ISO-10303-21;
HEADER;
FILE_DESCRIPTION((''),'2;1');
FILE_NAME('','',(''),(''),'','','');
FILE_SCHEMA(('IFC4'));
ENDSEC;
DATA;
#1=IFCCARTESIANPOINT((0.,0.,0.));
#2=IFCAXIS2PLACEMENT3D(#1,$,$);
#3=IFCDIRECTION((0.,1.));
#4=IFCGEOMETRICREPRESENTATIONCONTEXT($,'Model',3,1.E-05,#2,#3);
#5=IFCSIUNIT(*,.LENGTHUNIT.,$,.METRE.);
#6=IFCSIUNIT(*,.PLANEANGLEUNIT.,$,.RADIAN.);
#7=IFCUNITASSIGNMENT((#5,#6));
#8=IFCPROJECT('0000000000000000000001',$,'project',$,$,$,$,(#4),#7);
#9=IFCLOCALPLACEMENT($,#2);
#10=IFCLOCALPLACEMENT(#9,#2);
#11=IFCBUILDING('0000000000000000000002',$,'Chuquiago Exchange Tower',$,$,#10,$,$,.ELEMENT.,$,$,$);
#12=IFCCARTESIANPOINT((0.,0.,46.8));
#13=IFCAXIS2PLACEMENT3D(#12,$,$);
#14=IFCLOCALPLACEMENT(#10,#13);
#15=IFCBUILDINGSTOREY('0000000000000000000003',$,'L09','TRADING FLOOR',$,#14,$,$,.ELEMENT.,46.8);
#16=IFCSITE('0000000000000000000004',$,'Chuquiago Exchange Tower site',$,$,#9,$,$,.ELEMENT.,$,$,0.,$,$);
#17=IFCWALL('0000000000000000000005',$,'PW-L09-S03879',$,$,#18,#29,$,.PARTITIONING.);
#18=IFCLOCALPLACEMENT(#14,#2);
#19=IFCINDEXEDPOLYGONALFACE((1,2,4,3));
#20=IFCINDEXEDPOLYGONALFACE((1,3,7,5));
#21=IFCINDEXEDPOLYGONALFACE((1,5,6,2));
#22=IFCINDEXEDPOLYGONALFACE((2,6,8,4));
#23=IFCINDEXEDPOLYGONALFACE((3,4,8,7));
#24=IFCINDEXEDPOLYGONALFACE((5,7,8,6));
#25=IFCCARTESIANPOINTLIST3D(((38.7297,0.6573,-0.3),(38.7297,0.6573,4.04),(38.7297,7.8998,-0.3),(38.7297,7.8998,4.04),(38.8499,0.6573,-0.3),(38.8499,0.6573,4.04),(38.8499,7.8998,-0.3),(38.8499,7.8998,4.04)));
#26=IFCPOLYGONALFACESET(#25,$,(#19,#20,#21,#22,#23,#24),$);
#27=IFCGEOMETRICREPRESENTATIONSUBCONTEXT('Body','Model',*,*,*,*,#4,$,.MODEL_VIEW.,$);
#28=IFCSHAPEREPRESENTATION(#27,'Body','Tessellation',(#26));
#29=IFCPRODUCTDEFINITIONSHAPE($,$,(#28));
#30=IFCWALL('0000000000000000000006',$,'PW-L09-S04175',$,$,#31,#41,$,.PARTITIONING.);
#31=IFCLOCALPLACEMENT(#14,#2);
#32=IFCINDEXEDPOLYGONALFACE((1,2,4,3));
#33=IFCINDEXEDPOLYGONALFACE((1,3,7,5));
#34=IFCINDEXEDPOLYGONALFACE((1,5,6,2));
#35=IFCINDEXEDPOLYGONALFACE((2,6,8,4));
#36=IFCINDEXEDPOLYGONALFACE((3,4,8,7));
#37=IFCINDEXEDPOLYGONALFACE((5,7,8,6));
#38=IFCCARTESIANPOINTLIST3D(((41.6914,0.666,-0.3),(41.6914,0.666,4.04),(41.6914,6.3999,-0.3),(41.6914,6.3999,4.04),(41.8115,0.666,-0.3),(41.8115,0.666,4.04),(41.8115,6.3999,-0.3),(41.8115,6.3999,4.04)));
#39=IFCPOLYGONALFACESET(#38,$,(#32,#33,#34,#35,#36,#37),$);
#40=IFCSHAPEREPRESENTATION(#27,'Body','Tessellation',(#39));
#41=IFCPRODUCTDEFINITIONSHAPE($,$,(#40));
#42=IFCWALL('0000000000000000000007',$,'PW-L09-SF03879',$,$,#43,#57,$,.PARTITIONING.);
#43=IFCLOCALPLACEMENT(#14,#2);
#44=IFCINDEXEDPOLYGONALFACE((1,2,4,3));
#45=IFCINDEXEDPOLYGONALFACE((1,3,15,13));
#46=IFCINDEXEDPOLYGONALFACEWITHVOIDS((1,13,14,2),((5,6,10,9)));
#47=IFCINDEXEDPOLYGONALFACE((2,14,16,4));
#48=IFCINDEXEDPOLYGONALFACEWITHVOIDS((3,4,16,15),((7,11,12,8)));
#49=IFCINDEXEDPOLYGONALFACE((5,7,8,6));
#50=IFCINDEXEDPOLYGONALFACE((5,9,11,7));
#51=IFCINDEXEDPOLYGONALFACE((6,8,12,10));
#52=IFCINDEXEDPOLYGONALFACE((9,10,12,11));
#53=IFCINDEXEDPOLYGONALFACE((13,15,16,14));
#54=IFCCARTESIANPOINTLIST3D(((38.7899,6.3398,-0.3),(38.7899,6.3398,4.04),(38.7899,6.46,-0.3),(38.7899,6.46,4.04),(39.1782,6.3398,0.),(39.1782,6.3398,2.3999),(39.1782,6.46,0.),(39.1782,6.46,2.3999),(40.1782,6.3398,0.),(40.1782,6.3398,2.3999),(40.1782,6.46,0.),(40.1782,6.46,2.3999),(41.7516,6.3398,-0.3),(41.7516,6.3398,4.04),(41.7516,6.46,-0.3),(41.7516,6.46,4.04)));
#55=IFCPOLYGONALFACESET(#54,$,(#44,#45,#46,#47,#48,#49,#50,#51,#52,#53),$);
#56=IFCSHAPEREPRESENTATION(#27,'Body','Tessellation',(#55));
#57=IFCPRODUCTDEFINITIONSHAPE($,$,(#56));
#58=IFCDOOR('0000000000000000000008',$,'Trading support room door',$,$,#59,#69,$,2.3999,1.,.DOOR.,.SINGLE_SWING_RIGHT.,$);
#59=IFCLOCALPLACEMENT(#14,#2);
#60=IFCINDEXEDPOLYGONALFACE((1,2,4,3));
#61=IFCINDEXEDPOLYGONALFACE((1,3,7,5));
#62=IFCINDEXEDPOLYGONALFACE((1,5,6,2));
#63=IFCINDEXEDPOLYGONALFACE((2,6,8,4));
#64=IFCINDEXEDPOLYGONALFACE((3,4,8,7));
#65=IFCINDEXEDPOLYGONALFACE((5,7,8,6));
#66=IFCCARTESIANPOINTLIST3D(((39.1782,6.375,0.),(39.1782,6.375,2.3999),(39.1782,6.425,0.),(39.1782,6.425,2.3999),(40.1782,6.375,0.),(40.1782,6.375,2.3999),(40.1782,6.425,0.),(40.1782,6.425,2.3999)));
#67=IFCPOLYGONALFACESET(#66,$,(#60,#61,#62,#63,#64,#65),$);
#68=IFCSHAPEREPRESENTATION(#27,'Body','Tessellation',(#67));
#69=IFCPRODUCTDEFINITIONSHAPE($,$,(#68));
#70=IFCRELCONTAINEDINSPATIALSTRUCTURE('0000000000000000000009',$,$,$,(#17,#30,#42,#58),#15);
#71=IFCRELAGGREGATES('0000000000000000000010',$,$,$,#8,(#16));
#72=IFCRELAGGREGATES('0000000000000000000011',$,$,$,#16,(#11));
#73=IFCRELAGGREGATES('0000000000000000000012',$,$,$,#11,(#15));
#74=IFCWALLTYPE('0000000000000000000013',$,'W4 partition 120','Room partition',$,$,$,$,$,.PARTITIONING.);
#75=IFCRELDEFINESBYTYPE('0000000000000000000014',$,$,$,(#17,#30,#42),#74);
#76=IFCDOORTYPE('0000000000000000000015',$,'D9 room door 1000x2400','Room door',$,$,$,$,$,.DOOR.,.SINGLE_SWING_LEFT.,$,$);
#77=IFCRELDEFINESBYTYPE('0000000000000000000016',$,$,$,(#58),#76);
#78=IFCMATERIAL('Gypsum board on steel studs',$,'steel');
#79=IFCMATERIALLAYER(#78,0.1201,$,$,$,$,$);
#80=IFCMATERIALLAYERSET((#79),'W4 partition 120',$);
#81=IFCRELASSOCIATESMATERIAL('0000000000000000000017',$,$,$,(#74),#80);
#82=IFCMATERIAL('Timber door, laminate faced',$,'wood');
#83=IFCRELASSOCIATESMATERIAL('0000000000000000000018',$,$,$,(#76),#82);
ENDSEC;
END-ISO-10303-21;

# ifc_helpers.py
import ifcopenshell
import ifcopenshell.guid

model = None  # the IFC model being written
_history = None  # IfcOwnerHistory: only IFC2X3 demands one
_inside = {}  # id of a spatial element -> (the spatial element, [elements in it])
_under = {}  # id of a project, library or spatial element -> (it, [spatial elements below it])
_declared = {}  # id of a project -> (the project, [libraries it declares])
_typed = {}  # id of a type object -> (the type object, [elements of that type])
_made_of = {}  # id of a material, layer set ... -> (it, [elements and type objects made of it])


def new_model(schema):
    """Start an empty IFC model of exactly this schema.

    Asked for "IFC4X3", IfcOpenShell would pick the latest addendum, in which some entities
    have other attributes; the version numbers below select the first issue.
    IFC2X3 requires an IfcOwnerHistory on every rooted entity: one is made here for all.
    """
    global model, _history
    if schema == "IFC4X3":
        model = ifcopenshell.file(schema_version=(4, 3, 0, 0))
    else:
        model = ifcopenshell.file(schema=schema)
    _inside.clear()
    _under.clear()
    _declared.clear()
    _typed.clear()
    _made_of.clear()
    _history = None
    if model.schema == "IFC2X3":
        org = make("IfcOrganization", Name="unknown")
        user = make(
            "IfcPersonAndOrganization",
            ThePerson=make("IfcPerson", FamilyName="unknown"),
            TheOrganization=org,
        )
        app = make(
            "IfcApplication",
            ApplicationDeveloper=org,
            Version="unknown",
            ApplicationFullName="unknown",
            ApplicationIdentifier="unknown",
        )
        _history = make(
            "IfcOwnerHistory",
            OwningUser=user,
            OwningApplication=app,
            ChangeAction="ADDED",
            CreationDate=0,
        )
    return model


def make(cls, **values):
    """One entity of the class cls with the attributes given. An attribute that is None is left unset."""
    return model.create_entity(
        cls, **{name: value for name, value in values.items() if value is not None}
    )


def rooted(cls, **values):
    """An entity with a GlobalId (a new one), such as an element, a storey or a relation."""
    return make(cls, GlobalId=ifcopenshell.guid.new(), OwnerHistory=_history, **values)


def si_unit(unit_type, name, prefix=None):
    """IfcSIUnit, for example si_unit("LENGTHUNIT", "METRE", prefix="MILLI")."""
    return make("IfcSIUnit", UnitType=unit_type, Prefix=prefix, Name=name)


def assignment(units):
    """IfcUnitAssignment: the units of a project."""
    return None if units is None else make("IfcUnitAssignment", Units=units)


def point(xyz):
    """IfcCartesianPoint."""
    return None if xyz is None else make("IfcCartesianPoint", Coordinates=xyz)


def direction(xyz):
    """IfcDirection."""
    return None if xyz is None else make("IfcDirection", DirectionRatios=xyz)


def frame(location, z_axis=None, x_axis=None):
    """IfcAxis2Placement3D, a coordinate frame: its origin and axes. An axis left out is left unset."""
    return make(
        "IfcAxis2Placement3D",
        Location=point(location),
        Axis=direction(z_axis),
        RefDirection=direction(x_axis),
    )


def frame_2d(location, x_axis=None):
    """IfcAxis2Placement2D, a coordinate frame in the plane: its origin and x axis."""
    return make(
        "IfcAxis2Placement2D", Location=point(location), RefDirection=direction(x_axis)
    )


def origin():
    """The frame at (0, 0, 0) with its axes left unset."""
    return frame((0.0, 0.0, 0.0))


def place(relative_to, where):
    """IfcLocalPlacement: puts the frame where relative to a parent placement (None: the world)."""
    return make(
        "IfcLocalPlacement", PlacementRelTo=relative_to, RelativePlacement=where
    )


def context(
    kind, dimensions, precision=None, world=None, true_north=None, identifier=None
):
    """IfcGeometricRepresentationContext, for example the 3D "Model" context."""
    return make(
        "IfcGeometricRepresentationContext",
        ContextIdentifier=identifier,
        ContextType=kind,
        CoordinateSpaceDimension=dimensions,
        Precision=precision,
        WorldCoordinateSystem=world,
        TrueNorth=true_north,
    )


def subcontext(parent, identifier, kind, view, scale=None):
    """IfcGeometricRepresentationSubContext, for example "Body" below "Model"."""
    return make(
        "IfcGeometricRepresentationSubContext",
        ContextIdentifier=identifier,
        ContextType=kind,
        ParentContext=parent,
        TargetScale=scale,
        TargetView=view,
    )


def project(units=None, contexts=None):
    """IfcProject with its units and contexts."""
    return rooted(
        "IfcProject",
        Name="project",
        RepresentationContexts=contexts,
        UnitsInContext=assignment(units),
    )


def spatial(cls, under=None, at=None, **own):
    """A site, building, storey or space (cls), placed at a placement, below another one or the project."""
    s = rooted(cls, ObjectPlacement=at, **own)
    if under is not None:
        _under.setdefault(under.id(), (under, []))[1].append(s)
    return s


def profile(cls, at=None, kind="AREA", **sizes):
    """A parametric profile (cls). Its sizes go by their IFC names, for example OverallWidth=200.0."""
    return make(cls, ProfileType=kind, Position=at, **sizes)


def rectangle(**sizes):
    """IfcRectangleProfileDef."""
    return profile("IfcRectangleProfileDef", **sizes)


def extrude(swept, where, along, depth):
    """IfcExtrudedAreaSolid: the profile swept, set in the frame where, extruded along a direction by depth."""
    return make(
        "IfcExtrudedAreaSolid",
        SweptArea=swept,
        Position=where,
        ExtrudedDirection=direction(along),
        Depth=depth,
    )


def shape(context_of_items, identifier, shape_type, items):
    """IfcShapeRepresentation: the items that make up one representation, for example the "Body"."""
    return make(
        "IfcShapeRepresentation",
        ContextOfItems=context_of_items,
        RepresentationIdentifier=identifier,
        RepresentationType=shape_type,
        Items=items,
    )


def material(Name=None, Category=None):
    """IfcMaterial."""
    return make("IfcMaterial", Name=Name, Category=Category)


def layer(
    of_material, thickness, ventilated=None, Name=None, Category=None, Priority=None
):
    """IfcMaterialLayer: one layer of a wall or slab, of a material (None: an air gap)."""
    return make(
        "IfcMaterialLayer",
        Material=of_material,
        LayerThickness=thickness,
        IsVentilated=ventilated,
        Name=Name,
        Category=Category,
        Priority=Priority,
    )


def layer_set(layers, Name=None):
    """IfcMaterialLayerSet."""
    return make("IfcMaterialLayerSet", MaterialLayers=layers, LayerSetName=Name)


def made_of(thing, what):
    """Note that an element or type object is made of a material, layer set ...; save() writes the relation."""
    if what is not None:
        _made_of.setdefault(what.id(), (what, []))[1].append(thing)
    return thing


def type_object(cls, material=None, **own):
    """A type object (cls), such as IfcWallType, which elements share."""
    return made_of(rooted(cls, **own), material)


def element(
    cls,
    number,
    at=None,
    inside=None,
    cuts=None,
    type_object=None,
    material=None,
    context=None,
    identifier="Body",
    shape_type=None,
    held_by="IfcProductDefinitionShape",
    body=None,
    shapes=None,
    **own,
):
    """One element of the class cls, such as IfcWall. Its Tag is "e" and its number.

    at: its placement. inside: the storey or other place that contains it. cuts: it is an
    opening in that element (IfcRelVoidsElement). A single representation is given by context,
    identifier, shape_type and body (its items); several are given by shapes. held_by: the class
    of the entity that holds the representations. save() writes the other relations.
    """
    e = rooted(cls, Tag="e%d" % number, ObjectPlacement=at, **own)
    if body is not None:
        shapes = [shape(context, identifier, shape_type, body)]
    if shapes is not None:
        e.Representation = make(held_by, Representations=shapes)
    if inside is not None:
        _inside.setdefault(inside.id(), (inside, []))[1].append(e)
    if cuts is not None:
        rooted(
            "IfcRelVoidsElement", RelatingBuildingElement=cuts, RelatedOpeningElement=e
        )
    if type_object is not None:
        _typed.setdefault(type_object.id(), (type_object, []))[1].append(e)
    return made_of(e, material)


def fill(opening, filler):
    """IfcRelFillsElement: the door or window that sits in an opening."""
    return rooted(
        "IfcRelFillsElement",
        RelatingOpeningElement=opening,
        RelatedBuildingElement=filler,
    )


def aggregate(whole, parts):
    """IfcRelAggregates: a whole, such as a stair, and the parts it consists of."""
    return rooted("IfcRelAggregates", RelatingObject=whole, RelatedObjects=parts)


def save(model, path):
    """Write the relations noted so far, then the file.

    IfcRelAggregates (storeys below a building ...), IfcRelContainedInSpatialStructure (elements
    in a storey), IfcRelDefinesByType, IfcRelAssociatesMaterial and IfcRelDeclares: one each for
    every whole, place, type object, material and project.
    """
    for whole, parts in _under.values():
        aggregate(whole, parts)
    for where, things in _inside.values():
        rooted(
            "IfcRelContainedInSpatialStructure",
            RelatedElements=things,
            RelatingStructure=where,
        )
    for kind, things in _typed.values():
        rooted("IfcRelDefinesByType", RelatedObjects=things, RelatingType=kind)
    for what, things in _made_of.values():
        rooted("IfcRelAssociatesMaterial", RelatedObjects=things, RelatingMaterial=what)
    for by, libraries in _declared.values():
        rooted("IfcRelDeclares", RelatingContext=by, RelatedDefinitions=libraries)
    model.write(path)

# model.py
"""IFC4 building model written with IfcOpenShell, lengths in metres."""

from ifc_helpers import new_model, si_unit, direction, frame, frame_2d, origin, place, context, subcontext, project, spatial, rectangle, extrude, material, layer, layer_set, type_object, element, fill, save


model = new_model("IFC4")

# Units and contexts
model_context = context("Model", 3, precision=1e-05, world=origin(), true_north=direction((0.0, 1.0)))
body_context = subcontext(model_context, "Body", "Model", "MODEL_VIEW")
ifc_project = project(units=[si_unit("LENGTHUNIT", "METRE"), si_unit("PLANEANGLEUNIT", "RADIAN")], contexts=[model_context])

# Site, building, storey
site_placement = place(None, origin())
site = spatial("IfcSite", under=ifc_project, at=site_placement, Name="Chuquiago Exchange Tower site", CompositionType="ELEMENT", RefElevation=0.0)
building_placement = place(site_placement, origin())
building = spatial("IfcBuilding", under=site, at=building_placement, Name="Chuquiago Exchange Tower", CompositionType="ELEMENT")
storey_placement = place(building_placement, frame((0.0, 0.0, 46.8)))
storey = spatial("IfcBuildingStorey", under=building, at=storey_placement, Name="L09", Description="TRADING FLOOR", CompositionType="ELEMENT", Elevation=46.8)

# Walls
ifc_material_1 = material(Name="Gypsum board on steel studs", Category="steel")
ifc_layer_1 = layer(ifc_material_1, 0.1201)
ifc_layer_set_1 = layer_set([ifc_layer_1], Name="W4 partition 120")
wall_type = type_object("IfcWallType", Name="W4 partition 120", Description="Room partition", PredefinedType="PARTITIONING", material=ifc_layer_set_1)
wall_1_placement = place(storey_placement, frame((38.7898, 0.6575, -0.3), z_axis=(0.0, 0.0, 1.0), x_axis=(0.0, 1.0, 0.0)))
element("IfcWall", 1, at=wall_1_placement, inside=storey, type_object=wall_type, Name="PW-L09-S03879", PredefinedType="PARTITIONING", context=body_context, shape_type="SweptSolid", body=[
    extrude(rectangle(XDim=7.2424, YDim=0.1201, at=frame_2d((3.6211, 0.0))), origin(), (0.0, 0.0, 1.0), 4.3401),
])
wall_2_placement = place(storey_placement, frame((41.7515, 0.666, -0.3), z_axis=(0.0, 0.0, 1.0), x_axis=(0.0, 1.0, 0.0)))
element("IfcWall", 2, at=wall_2_placement, inside=storey, type_object=wall_type, Name="PW-L09-S04175", PredefinedType="PARTITIONING", context=body_context, shape_type="SweptSolid", body=[
    extrude(rectangle(XDim=5.7339, YDim=0.1201, at=frame_2d((2.8669, 0.0))), origin(), (0.0, 0.0, 1.0), 4.3401),
])

# Wall, opening, door
wall_3_placement = place(storey_placement, frame((38.7898, 6.3999, -0.3), z_axis=(0.0, 0.0, 1.0), x_axis=(1.0, 0.0, 0.0)))
wall_3 = element("IfcWall", 3, at=wall_3_placement, inside=storey, type_object=wall_type, Name="PW-L09-SF03879", PredefinedType="PARTITIONING", context=body_context, shape_type="SweptSolid", body=[
    extrude(rectangle(XDim=2.9617, YDim=0.1201, at=frame_2d((1.481, 0.0))), origin(), (0.0, 0.0, 1.0), 4.3401),
])
opening_placement = place(wall_3_placement, frame((0.3884, 0.0, 0.3)))
opening = element("IfcOpeningElement", 4, at=opening_placement, cuts=wall_3, PredefinedType="OPENING", context=body_context, shape_type="SweptSolid", body=[
    extrude(rectangle(XDim=1.0, YDim=2.3999, at=frame_2d((0.5, 1.2))), frame((0.0, 0.0701, 0.0), z_axis=(0.0, -1.0, 0.0), x_axis=(1.0, 0.0, 0.0)), (0.0, 0.0, 1.0), 0.1401),
])
ifc_material_2 = material(Name="Timber door, laminate faced", Category="wood")
door_type = type_object("IfcDoorType", Name="D9 room door 1000x2400", Description="Room door", OperationType="SINGLE_SWING_LEFT", PredefinedType="DOOR", material=ifc_material_2)
door_placement = place(opening_placement, frame((1.0, 0.0, 0.0), z_axis=(0.0, 0.0, 1.0), x_axis=(-1.0, 0.0, 0.0)))
door = element("IfcDoor", 5, at=door_placement, inside=storey, type_object=door_type, Name="Trading support room door", OperationType="SINGLE_SWING_RIGHT", OverallHeight=2.3999, OverallWidth=1.0, PredefinedType="DOOR", context=body_context, shape_type="SweptSolid", body=[
    extrude(rectangle(XDim=1.0, YDim=2.3999, at=frame_2d((0.5, 1.2))), frame((0.0, 0.0249, 0.0), z_axis=(0.0, -1.0, 0.0), x_axis=(1.0, 0.0, 0.0)), (0.0, 0.0, 1.0), 0.05),
])
fill(opening, door)

save(model, "model.ifc")
